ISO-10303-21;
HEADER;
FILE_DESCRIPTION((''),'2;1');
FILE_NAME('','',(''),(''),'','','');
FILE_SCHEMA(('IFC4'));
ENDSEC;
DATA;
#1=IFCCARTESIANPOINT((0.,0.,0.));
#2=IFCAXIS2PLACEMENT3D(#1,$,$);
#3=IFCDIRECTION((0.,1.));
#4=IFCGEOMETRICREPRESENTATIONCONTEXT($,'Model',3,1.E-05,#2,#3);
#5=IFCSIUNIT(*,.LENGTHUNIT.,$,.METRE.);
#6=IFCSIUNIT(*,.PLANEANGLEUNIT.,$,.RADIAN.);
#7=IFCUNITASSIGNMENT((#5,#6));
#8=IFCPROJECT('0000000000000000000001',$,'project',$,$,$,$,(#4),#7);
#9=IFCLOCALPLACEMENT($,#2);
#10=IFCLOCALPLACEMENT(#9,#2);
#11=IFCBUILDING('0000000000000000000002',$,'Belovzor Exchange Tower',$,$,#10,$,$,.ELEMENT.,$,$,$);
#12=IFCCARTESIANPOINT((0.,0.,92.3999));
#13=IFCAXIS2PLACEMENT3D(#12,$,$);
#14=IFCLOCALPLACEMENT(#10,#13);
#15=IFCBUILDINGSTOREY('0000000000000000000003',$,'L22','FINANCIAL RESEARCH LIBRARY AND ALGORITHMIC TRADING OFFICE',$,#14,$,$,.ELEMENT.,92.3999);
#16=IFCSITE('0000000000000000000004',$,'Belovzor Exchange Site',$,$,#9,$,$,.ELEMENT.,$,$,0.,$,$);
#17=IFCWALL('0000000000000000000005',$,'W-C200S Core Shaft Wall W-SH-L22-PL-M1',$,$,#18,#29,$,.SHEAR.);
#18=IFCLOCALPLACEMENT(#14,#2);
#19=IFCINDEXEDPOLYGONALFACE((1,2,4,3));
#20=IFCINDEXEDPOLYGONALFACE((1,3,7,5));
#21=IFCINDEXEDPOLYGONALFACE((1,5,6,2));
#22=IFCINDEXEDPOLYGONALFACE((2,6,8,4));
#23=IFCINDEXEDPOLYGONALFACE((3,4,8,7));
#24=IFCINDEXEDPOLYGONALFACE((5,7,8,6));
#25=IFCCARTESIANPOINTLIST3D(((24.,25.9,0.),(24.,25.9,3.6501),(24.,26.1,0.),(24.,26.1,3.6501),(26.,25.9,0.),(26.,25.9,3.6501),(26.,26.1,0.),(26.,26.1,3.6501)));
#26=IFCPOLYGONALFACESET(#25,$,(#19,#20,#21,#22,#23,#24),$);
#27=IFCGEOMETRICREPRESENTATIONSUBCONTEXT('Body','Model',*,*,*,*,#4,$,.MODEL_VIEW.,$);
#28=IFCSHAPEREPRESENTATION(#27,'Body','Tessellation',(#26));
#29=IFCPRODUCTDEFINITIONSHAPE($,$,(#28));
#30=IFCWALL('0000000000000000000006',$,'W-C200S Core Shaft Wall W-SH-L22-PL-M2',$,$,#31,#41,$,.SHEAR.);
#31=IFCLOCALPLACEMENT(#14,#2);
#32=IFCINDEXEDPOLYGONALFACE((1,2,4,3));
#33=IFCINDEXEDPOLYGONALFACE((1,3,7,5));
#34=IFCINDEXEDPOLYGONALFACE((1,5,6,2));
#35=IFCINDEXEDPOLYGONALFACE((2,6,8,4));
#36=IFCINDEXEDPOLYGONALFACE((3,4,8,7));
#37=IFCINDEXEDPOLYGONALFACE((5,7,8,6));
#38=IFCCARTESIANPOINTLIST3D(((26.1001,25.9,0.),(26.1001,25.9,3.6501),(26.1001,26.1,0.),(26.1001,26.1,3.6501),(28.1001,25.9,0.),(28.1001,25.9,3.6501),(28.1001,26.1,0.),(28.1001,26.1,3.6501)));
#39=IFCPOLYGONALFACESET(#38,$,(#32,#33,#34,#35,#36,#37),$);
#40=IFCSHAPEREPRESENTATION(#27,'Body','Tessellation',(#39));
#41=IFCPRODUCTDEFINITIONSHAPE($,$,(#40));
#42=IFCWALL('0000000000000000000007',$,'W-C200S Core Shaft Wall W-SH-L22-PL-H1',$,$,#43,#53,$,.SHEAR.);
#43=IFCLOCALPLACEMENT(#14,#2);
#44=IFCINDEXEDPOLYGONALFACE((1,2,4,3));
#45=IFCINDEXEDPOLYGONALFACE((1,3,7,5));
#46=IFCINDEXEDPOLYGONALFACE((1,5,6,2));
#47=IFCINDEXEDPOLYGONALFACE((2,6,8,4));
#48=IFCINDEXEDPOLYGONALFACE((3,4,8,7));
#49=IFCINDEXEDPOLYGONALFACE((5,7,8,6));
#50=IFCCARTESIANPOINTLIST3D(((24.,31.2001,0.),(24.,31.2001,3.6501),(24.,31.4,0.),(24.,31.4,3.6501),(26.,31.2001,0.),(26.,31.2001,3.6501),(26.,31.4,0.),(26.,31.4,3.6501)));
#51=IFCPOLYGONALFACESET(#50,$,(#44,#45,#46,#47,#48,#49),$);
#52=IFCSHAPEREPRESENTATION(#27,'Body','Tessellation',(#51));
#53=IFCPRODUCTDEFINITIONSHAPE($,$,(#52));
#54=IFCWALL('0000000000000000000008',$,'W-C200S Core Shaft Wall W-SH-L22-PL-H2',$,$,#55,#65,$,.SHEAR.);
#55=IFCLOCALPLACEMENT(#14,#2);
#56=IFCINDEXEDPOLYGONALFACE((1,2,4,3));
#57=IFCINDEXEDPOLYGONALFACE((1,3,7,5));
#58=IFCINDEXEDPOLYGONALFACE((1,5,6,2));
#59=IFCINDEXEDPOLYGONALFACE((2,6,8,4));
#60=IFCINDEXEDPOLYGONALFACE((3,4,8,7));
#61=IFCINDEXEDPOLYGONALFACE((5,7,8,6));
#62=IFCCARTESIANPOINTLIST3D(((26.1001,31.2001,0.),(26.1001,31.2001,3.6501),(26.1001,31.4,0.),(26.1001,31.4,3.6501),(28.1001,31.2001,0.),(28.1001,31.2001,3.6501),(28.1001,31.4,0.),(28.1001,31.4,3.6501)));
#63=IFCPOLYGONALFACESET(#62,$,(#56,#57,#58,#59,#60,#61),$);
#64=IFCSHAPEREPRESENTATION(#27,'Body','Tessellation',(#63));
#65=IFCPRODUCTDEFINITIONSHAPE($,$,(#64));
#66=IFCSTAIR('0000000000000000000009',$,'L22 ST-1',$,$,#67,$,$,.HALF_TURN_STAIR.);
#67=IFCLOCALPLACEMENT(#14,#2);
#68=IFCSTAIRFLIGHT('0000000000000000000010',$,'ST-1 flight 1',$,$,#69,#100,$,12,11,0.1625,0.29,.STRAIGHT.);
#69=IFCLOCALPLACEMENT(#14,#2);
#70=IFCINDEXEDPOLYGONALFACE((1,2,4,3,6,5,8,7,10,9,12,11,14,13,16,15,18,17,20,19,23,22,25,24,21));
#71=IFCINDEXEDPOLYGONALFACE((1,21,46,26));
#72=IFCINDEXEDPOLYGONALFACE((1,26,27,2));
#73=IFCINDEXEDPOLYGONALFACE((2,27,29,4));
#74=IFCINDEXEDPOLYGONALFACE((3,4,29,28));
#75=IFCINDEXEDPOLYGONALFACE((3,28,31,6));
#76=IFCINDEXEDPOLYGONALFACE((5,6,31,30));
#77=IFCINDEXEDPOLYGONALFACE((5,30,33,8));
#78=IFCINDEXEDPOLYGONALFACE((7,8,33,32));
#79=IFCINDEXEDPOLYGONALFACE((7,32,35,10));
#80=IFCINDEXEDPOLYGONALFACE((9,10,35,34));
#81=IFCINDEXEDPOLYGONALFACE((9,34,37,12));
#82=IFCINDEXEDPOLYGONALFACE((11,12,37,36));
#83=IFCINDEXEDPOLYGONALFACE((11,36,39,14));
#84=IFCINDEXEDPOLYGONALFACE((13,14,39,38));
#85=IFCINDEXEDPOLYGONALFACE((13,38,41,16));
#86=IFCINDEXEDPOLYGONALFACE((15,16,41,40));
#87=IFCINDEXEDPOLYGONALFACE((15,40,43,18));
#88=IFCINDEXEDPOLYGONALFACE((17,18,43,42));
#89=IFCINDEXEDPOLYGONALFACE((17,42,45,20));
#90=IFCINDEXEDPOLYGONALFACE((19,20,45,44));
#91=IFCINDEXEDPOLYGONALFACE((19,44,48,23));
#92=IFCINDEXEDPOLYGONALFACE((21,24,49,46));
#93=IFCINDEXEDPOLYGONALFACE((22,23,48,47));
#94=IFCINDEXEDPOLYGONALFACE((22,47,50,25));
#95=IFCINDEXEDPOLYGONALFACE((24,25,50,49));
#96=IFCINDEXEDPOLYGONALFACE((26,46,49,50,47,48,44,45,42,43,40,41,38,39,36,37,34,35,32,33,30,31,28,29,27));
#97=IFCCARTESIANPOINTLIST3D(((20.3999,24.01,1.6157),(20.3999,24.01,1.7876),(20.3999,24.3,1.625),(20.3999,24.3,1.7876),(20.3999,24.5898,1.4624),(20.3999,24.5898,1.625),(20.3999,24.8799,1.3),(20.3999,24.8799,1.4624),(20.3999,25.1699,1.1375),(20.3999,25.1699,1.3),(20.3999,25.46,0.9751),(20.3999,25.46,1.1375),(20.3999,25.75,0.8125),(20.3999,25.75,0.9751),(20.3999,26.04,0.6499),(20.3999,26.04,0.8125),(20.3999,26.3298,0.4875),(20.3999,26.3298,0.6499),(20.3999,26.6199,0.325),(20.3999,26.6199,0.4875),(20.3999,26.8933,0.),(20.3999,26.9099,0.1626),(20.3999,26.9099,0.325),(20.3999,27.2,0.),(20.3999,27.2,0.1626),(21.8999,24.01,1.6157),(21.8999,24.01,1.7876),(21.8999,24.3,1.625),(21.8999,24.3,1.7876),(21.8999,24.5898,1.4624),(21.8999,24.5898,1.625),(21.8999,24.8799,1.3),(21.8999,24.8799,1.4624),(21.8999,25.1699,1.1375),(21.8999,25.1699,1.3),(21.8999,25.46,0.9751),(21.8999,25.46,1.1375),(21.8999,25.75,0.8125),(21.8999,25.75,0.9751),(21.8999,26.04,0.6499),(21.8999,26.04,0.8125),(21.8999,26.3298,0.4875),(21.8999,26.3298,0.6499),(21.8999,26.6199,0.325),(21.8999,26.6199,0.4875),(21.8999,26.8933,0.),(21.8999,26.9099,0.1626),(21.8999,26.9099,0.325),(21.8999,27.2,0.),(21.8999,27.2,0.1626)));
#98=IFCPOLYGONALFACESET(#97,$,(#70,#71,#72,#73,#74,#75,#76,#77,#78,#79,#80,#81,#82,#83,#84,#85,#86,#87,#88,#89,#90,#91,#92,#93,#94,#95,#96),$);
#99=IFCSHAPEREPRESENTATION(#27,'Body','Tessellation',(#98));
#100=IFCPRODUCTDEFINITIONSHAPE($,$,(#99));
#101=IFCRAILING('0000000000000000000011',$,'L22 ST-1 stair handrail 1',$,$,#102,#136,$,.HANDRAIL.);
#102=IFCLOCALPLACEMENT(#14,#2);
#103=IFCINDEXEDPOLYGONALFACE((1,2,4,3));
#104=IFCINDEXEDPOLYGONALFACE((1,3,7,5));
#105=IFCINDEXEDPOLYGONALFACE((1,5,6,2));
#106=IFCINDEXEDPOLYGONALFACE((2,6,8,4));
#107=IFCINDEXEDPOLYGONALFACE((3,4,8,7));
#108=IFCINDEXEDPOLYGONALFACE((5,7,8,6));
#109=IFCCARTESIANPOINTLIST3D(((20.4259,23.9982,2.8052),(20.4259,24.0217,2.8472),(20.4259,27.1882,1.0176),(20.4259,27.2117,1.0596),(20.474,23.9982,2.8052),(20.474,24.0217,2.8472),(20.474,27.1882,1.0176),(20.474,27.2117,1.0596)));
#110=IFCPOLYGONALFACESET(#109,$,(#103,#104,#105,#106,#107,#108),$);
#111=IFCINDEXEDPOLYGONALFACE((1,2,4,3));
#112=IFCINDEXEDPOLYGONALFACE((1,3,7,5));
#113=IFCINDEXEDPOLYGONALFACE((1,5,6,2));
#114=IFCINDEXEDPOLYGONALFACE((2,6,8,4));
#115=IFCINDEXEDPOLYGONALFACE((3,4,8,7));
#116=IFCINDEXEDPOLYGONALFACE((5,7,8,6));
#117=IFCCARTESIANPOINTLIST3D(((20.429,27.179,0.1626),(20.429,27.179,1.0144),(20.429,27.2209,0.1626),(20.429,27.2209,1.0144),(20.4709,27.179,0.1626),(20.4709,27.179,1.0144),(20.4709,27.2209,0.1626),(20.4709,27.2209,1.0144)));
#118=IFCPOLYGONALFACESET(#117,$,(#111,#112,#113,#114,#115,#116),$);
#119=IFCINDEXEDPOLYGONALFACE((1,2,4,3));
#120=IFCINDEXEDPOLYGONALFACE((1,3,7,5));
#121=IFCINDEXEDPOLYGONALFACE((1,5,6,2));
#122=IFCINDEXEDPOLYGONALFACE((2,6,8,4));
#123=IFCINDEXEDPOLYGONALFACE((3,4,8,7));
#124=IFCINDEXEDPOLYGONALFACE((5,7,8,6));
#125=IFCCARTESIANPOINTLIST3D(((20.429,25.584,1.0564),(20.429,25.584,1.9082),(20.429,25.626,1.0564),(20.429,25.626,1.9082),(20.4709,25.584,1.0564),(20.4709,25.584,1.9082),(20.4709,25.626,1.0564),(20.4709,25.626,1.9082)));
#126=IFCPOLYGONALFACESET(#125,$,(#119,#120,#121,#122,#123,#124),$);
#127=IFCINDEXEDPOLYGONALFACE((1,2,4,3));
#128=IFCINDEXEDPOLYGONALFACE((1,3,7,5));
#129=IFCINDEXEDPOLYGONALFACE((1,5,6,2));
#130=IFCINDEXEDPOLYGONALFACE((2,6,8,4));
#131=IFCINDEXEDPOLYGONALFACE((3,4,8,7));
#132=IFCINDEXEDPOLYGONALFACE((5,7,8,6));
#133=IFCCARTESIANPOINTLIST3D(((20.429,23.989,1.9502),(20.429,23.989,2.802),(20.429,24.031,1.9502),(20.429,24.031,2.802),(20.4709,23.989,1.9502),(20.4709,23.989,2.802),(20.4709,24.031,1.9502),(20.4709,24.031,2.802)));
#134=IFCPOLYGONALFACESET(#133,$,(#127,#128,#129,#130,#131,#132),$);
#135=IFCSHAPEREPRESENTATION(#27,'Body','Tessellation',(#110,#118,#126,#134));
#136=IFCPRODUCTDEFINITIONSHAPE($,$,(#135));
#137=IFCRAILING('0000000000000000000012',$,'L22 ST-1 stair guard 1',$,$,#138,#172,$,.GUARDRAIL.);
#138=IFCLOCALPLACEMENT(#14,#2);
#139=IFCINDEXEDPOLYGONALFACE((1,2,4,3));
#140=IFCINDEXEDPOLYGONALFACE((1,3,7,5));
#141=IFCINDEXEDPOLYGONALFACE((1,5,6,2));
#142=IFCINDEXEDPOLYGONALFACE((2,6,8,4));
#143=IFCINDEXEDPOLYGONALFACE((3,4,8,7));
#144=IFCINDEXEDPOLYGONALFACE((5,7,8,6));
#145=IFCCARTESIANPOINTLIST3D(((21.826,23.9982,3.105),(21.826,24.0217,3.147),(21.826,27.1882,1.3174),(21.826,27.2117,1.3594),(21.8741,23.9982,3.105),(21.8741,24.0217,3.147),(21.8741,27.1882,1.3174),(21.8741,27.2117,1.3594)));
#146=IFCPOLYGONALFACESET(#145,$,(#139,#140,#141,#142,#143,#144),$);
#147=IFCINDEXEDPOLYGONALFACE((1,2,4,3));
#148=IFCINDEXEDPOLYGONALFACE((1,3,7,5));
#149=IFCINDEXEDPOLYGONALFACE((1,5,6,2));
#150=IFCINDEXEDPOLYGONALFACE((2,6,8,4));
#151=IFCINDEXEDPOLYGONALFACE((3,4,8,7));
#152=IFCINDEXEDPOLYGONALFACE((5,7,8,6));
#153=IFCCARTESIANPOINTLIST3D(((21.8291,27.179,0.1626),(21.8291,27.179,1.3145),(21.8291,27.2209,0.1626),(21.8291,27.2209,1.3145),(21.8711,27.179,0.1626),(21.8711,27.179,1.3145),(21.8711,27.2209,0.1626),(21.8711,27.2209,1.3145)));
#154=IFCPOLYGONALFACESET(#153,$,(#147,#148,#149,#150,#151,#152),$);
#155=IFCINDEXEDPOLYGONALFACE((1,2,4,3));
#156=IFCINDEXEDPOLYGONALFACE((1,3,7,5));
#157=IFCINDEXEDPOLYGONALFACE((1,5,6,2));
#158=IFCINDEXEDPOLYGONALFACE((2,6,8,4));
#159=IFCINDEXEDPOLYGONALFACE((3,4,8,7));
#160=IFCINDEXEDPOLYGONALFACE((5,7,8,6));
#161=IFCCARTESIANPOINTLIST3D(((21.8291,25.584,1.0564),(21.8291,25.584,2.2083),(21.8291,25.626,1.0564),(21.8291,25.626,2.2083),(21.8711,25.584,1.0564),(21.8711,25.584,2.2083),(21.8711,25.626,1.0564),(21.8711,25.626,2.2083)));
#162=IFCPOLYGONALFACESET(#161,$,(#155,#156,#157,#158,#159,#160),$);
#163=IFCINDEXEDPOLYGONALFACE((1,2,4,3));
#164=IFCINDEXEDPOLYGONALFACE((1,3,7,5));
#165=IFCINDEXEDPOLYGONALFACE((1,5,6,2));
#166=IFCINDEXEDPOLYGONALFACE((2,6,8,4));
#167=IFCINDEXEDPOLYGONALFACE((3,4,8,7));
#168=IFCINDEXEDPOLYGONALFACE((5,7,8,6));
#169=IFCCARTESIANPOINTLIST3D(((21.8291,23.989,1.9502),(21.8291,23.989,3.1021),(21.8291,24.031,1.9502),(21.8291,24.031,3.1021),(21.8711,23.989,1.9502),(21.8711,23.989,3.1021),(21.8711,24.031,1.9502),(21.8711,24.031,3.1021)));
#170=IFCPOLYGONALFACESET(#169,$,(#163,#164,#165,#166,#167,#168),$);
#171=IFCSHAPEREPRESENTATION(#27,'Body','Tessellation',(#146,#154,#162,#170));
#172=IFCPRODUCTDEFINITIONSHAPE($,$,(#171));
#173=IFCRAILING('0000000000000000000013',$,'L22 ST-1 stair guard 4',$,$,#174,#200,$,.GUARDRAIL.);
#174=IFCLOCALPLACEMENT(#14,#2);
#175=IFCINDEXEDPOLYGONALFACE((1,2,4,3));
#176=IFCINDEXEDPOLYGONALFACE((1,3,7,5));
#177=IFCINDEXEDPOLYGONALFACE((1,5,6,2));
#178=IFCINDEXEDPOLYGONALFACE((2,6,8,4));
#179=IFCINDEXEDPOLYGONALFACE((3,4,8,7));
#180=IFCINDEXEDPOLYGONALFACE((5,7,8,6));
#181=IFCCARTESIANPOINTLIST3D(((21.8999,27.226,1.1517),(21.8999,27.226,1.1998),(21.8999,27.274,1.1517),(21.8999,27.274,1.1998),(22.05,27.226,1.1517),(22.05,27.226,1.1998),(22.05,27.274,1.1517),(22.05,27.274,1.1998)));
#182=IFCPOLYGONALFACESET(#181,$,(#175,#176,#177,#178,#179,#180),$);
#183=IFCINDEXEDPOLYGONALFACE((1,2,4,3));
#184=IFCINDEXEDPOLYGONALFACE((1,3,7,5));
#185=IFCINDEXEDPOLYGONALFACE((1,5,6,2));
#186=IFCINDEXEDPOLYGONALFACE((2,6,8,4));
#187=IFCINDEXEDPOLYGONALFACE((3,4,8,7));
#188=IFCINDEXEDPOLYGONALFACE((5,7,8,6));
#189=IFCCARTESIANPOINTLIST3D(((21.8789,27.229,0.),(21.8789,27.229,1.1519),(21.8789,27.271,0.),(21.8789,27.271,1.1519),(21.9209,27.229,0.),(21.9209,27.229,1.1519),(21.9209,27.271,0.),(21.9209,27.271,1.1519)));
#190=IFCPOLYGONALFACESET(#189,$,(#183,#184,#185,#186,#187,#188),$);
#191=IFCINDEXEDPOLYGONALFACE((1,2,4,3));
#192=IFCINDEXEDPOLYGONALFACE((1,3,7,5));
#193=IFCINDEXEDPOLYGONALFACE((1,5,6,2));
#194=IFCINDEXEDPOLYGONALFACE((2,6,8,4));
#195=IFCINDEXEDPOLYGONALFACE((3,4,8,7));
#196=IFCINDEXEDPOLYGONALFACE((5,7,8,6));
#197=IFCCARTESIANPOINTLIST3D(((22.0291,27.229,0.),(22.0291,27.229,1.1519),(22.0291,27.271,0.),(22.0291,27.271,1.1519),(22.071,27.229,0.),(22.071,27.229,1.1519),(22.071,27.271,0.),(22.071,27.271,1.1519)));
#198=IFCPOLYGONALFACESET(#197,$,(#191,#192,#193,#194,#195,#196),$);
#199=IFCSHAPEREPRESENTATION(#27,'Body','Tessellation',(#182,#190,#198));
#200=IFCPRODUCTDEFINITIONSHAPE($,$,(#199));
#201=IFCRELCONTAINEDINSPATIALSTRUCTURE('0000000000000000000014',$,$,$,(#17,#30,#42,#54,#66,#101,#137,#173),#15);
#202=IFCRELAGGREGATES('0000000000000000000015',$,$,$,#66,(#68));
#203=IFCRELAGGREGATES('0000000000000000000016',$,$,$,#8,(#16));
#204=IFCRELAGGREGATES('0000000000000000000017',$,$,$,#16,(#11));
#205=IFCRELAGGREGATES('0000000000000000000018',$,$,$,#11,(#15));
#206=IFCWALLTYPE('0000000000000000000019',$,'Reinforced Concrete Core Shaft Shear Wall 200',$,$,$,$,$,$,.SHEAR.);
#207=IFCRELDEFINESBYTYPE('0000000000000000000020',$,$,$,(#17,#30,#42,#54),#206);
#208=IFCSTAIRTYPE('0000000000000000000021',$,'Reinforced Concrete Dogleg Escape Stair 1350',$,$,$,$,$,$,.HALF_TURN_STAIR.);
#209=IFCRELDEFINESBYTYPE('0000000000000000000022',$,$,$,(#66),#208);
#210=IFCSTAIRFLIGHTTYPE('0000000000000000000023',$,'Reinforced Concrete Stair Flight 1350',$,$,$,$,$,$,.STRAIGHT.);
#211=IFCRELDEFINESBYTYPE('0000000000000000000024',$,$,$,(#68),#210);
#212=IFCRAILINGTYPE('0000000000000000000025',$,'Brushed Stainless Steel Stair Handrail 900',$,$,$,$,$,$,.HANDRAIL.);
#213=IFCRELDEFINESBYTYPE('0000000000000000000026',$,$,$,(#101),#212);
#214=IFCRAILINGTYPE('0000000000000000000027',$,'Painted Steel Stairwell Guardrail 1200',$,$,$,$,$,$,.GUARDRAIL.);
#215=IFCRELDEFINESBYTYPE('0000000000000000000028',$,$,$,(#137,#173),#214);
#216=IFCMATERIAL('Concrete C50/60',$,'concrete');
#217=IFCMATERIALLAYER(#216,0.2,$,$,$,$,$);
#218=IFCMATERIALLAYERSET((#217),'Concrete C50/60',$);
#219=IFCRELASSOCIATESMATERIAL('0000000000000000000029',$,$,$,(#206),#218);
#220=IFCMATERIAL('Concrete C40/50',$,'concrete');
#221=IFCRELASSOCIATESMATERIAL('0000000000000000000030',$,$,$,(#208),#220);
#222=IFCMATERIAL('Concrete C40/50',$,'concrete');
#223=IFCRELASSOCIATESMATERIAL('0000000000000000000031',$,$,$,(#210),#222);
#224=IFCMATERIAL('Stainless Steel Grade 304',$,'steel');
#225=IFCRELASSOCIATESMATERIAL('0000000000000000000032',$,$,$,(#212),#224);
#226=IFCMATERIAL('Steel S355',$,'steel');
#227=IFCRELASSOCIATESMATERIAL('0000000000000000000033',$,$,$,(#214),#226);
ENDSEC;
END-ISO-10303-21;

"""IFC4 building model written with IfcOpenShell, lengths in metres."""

from ifc_helpers import new_model, si_unit, direction, frame, frame_2d, origin, origin_2d, place, context, subcontext, project, spatial, polyline, rectangle, outline, extrude, material, layer, layer_set, type_object, element, aggregate, save


model = new_model("IFC4")

# Units and contexts
model_context = context("Model", 3, precision=1e-05, world=origin(), true_north=direction((0.0, 1.0)))
body_context = subcontext(model_context, "Body", "Model", "MODEL_VIEW")
ifc_project = project(units=[si_unit("LENGTHUNIT", "METRE"), si_unit("PLANEANGLEUNIT", "RADIAN")], contexts=[model_context])

# Site, building, storey
site_placement = place(None, origin())
site = spatial("IfcSite", under=ifc_project, at=site_placement, Name="Belovzor Exchange Site", CompositionType="ELEMENT", RefElevation=0.0)
building_placement = place(site_placement, origin())
building = spatial("IfcBuilding", under=site, at=building_placement, Name="Belovzor Exchange Tower", CompositionType="ELEMENT")
storey_placement = place(building_placement, frame((0.0, 0.0, 92.3999)))
storey = spatial("IfcBuildingStorey", under=building, at=storey_placement, Name="L22", Description="FINANCIAL RESEARCH LIBRARY AND ALGORITHMIC TRADING OFFICE", CompositionType="ELEMENT", Elevation=92.3999)

# Shared definitions
ifc_material_1 = material(Name="Concrete C50/60", Category="concrete")
ifc_layer_1 = layer(ifc_material_1, 0.2)
ifc_layer_set_1 = layer_set([ifc_layer_1], Name="Concrete C50/60")
wall_type_1 = type_object("IfcWallType", Name="Reinforced Concrete Core Shaft Shear Wall 200", PredefinedType="SHEAR", material=ifc_layer_set_1)

# Walls
for number, where, z_axis, x_axis, name in (
    (1, (24.0, 26.0, 0.0), (0.0, 0.0, 1.0), (1.0, 0.0, 0.0), "W-C200S Core Shaft Wall W-SH-L22-PL-M1"),
    (2, (26.1001, 26.0, 0.0), (0.0, 0.0, 1.0), (1.0, 0.0, 0.0), "W-C200S Core Shaft Wall W-SH-L22-PL-M2"),
    (3, (24.0, 31.3, 0.0), (0.0, 0.0, 1.0), (1.0, 0.0, 0.0), "W-C200S Core Shaft Wall W-SH-L22-PL-H1"),
    (4, (26.1001, 31.3, 0.0), (0.0, 0.0, 1.0), (1.0, 0.0, 0.0), "W-C200S Core Shaft Wall W-SH-L22-PL-H2"),
):
    element("IfcWall", number, at=place(storey_placement, frame(where, z_axis=z_axis, x_axis=x_axis)), inside=storey, type_object=wall_type_1, Name=name, PredefinedType="SHEAR", context=body_context, shape_type="SweptSolid", body=[
        extrude(rectangle(XDim=2.0, YDim=0.2, at=frame_2d((1.0, 0.0))), origin(), (0.0, 0.0, 1.0), 3.6501),
    ])

# Stair, stair flight
ifc_material_2 = material(Name="Concrete C40/50", Category="concrete")
stair_type = type_object("IfcStairType", Name="Reinforced Concrete Dogleg Escape Stair 1350", PredefinedType="HALF_TURN_STAIR", material=ifc_material_2)
stair_placement = place(storey_placement, origin())
stair = element("IfcStair", 5, at=stair_placement, inside=storey, type_object=stair_type, Name="L22 ST-1", PredefinedType="HALF_TURN_STAIR")
ifc_material_3 = material(Name="Concrete C40/50", Category="concrete")
stair_flight_type = type_object("IfcStairFlightType", Name="Reinforced Concrete Stair Flight 1350", PredefinedType="STRAIGHT", material=ifc_material_3)
stair_flight_placement = place(storey_placement, frame((21.1499, 27.2, 0.0), z_axis=(0.0, 0.0, 1.0), x_axis=(0.0, -1.0, 0.0)))
stair_flight = element("IfcStairFlight", 6, at=stair_flight_placement, type_object=stair_flight_type, Name="ST-1 flight 1", NumberOfRisers=12, NumberOfTreads=11, PredefinedType="STRAIGHT", RiserHeight=0.1625, TreadLength=0.29, context=body_context, shape_type="SweptSolid", body=[
    extrude(outline(polyline([(0.0, 0.0), (0.0, 0.1626), (0.29, 0.1626), (0.29, 0.325), (0.5801, 0.325), (0.5801, 0.4875), (0.8701, 0.4875), (0.8701, 0.6499), (1.1599, 0.6499), (1.1599, 0.8125), (1.45, 0.8125), (1.45, 0.9751), (1.74, 0.9751), (1.74, 1.1375), (2.03, 1.1375), (2.03, 1.3), (2.3201, 1.3), (2.3201, 1.4624), (2.6101, 1.4624), (2.6101, 1.625), (2.8999, 1.625), (2.8999, 1.7876), (3.1899, 1.7876), (3.1899, 1.95), (3.1899, 1.6157), (0.3066, 0.0), (0.0, 0.0)])), frame((0.0, 0.75, 0.0), z_axis=(0.0, -1.0, 0.0), x_axis=(1.0, 0.0, 0.0)), (0.0, 0.0, 1.0), 1.5),
])
aggregate(stair, [stair_flight])

# Railings
ifc_material_4 = material(Name="Stainless Steel Grade 304", Category="steel")
railing_type_1 = type_object("IfcRailingType", Name="Brushed Stainless Steel Stair Handrail 900", PredefinedType="HANDRAIL", material=ifc_material_4)
railing_1_placement = place(storey_placement, frame((20.45, 27.2, 0.1626)))
element("IfcRailing", 7, at=railing_1_placement, inside=storey, type_object=railing_type_1, Name="L22 ST-1 stair handrail 1", PredefinedType="HANDRAIL", context=body_context, shape_type="SweptSolid", body=[
    extrude(rectangle(XDim=0.0481, YDim=0.0481, at=origin_2d()), frame((0.0, 0.0, 0.876), z_axis=(0.0, -0.872363, 0.48886), x_axis=(1.0, 0.0, 0.0)), (0.0, 0.0, 1.0), 3.6567),
    extrude(rectangle(XDim=0.042, YDim=0.042, at=origin_2d()), origin(), (0.0, 0.0, 1.0), 0.8518),
    extrude(rectangle(XDim=0.042, YDim=0.042, at=origin_2d()), frame((0.0, -1.595, 0.8938)), (0.0, 0.0, 1.0), 0.8518),
    extrude(rectangle(XDim=0.042, YDim=0.042, at=origin_2d()), frame((0.0, -3.1899, 1.7876)), (0.0, 0.0, 1.0), 0.8518),
])
ifc_material_5 = material(Name="Steel S355", Category="steel")
railing_type_2 = type_object("IfcRailingType", Name="Painted Steel Stairwell Guardrail 1200", PredefinedType="GUARDRAIL", material=ifc_material_5)
railing_2_placement = place(storey_placement, frame((21.8501, 27.2, 0.1626)))
element("IfcRailing", 8, at=railing_2_placement, inside=storey, type_object=railing_type_2, Name="L22 ST-1 stair guard 1", PredefinedType="GUARDRAIL", context=body_context, shape_type="SweptSolid", body=[
    extrude(rectangle(XDim=0.0481, YDim=0.0481, at=origin_2d()), frame((0.0, 0.0, 1.1758), z_axis=(0.0, -0.872363, 0.48886), x_axis=(1.0, 0.0, 0.0)), (0.0, 0.0, 1.0), 3.6567),
    extrude(rectangle(XDim=0.042, YDim=0.042, at=origin_2d()), origin(), (0.0, 0.0, 1.0), 1.1519),
    extrude(rectangle(XDim=0.042, YDim=0.042, at=origin_2d()), frame((0.0, -1.595, 0.8938)), (0.0, 0.0, 1.0), 1.1519),
    extrude(rectangle(XDim=0.042, YDim=0.042, at=origin_2d()), frame((0.0, -3.1899, 1.7876)), (0.0, 0.0, 1.0), 1.1519),
])
railing_3_placement = place(storey_placement, frame((21.8999, 27.25, 0.0)))
element("IfcRailing", 9, at=railing_3_placement, inside=storey, type_object=railing_type_2, Name="L22 ST-1 stair guard 4", PredefinedType="GUARDRAIL", context=body_context, shape_type="SweptSolid", body=[
    extrude(rectangle(XDim=0.0481, YDim=0.0481, at=origin_2d()), frame((0.0, 0.0, 1.1758), z_axis=(1.0, 0.0, 0.0), x_axis=(0.0, 1.0, 0.0)), (0.0, 0.0, 1.0), 0.1501),
    extrude(rectangle(XDim=0.042, YDim=0.042, at=origin_2d()), origin(), (0.0, 0.0, 1.0), 1.1519),
    extrude(rectangle(XDim=0.042, YDim=0.042, at=origin_2d()), frame((0.1501, 0.0, 0.0)), (0.0, 0.0, 1.0), 1.1519),
])

save(model, "model.ifc")
